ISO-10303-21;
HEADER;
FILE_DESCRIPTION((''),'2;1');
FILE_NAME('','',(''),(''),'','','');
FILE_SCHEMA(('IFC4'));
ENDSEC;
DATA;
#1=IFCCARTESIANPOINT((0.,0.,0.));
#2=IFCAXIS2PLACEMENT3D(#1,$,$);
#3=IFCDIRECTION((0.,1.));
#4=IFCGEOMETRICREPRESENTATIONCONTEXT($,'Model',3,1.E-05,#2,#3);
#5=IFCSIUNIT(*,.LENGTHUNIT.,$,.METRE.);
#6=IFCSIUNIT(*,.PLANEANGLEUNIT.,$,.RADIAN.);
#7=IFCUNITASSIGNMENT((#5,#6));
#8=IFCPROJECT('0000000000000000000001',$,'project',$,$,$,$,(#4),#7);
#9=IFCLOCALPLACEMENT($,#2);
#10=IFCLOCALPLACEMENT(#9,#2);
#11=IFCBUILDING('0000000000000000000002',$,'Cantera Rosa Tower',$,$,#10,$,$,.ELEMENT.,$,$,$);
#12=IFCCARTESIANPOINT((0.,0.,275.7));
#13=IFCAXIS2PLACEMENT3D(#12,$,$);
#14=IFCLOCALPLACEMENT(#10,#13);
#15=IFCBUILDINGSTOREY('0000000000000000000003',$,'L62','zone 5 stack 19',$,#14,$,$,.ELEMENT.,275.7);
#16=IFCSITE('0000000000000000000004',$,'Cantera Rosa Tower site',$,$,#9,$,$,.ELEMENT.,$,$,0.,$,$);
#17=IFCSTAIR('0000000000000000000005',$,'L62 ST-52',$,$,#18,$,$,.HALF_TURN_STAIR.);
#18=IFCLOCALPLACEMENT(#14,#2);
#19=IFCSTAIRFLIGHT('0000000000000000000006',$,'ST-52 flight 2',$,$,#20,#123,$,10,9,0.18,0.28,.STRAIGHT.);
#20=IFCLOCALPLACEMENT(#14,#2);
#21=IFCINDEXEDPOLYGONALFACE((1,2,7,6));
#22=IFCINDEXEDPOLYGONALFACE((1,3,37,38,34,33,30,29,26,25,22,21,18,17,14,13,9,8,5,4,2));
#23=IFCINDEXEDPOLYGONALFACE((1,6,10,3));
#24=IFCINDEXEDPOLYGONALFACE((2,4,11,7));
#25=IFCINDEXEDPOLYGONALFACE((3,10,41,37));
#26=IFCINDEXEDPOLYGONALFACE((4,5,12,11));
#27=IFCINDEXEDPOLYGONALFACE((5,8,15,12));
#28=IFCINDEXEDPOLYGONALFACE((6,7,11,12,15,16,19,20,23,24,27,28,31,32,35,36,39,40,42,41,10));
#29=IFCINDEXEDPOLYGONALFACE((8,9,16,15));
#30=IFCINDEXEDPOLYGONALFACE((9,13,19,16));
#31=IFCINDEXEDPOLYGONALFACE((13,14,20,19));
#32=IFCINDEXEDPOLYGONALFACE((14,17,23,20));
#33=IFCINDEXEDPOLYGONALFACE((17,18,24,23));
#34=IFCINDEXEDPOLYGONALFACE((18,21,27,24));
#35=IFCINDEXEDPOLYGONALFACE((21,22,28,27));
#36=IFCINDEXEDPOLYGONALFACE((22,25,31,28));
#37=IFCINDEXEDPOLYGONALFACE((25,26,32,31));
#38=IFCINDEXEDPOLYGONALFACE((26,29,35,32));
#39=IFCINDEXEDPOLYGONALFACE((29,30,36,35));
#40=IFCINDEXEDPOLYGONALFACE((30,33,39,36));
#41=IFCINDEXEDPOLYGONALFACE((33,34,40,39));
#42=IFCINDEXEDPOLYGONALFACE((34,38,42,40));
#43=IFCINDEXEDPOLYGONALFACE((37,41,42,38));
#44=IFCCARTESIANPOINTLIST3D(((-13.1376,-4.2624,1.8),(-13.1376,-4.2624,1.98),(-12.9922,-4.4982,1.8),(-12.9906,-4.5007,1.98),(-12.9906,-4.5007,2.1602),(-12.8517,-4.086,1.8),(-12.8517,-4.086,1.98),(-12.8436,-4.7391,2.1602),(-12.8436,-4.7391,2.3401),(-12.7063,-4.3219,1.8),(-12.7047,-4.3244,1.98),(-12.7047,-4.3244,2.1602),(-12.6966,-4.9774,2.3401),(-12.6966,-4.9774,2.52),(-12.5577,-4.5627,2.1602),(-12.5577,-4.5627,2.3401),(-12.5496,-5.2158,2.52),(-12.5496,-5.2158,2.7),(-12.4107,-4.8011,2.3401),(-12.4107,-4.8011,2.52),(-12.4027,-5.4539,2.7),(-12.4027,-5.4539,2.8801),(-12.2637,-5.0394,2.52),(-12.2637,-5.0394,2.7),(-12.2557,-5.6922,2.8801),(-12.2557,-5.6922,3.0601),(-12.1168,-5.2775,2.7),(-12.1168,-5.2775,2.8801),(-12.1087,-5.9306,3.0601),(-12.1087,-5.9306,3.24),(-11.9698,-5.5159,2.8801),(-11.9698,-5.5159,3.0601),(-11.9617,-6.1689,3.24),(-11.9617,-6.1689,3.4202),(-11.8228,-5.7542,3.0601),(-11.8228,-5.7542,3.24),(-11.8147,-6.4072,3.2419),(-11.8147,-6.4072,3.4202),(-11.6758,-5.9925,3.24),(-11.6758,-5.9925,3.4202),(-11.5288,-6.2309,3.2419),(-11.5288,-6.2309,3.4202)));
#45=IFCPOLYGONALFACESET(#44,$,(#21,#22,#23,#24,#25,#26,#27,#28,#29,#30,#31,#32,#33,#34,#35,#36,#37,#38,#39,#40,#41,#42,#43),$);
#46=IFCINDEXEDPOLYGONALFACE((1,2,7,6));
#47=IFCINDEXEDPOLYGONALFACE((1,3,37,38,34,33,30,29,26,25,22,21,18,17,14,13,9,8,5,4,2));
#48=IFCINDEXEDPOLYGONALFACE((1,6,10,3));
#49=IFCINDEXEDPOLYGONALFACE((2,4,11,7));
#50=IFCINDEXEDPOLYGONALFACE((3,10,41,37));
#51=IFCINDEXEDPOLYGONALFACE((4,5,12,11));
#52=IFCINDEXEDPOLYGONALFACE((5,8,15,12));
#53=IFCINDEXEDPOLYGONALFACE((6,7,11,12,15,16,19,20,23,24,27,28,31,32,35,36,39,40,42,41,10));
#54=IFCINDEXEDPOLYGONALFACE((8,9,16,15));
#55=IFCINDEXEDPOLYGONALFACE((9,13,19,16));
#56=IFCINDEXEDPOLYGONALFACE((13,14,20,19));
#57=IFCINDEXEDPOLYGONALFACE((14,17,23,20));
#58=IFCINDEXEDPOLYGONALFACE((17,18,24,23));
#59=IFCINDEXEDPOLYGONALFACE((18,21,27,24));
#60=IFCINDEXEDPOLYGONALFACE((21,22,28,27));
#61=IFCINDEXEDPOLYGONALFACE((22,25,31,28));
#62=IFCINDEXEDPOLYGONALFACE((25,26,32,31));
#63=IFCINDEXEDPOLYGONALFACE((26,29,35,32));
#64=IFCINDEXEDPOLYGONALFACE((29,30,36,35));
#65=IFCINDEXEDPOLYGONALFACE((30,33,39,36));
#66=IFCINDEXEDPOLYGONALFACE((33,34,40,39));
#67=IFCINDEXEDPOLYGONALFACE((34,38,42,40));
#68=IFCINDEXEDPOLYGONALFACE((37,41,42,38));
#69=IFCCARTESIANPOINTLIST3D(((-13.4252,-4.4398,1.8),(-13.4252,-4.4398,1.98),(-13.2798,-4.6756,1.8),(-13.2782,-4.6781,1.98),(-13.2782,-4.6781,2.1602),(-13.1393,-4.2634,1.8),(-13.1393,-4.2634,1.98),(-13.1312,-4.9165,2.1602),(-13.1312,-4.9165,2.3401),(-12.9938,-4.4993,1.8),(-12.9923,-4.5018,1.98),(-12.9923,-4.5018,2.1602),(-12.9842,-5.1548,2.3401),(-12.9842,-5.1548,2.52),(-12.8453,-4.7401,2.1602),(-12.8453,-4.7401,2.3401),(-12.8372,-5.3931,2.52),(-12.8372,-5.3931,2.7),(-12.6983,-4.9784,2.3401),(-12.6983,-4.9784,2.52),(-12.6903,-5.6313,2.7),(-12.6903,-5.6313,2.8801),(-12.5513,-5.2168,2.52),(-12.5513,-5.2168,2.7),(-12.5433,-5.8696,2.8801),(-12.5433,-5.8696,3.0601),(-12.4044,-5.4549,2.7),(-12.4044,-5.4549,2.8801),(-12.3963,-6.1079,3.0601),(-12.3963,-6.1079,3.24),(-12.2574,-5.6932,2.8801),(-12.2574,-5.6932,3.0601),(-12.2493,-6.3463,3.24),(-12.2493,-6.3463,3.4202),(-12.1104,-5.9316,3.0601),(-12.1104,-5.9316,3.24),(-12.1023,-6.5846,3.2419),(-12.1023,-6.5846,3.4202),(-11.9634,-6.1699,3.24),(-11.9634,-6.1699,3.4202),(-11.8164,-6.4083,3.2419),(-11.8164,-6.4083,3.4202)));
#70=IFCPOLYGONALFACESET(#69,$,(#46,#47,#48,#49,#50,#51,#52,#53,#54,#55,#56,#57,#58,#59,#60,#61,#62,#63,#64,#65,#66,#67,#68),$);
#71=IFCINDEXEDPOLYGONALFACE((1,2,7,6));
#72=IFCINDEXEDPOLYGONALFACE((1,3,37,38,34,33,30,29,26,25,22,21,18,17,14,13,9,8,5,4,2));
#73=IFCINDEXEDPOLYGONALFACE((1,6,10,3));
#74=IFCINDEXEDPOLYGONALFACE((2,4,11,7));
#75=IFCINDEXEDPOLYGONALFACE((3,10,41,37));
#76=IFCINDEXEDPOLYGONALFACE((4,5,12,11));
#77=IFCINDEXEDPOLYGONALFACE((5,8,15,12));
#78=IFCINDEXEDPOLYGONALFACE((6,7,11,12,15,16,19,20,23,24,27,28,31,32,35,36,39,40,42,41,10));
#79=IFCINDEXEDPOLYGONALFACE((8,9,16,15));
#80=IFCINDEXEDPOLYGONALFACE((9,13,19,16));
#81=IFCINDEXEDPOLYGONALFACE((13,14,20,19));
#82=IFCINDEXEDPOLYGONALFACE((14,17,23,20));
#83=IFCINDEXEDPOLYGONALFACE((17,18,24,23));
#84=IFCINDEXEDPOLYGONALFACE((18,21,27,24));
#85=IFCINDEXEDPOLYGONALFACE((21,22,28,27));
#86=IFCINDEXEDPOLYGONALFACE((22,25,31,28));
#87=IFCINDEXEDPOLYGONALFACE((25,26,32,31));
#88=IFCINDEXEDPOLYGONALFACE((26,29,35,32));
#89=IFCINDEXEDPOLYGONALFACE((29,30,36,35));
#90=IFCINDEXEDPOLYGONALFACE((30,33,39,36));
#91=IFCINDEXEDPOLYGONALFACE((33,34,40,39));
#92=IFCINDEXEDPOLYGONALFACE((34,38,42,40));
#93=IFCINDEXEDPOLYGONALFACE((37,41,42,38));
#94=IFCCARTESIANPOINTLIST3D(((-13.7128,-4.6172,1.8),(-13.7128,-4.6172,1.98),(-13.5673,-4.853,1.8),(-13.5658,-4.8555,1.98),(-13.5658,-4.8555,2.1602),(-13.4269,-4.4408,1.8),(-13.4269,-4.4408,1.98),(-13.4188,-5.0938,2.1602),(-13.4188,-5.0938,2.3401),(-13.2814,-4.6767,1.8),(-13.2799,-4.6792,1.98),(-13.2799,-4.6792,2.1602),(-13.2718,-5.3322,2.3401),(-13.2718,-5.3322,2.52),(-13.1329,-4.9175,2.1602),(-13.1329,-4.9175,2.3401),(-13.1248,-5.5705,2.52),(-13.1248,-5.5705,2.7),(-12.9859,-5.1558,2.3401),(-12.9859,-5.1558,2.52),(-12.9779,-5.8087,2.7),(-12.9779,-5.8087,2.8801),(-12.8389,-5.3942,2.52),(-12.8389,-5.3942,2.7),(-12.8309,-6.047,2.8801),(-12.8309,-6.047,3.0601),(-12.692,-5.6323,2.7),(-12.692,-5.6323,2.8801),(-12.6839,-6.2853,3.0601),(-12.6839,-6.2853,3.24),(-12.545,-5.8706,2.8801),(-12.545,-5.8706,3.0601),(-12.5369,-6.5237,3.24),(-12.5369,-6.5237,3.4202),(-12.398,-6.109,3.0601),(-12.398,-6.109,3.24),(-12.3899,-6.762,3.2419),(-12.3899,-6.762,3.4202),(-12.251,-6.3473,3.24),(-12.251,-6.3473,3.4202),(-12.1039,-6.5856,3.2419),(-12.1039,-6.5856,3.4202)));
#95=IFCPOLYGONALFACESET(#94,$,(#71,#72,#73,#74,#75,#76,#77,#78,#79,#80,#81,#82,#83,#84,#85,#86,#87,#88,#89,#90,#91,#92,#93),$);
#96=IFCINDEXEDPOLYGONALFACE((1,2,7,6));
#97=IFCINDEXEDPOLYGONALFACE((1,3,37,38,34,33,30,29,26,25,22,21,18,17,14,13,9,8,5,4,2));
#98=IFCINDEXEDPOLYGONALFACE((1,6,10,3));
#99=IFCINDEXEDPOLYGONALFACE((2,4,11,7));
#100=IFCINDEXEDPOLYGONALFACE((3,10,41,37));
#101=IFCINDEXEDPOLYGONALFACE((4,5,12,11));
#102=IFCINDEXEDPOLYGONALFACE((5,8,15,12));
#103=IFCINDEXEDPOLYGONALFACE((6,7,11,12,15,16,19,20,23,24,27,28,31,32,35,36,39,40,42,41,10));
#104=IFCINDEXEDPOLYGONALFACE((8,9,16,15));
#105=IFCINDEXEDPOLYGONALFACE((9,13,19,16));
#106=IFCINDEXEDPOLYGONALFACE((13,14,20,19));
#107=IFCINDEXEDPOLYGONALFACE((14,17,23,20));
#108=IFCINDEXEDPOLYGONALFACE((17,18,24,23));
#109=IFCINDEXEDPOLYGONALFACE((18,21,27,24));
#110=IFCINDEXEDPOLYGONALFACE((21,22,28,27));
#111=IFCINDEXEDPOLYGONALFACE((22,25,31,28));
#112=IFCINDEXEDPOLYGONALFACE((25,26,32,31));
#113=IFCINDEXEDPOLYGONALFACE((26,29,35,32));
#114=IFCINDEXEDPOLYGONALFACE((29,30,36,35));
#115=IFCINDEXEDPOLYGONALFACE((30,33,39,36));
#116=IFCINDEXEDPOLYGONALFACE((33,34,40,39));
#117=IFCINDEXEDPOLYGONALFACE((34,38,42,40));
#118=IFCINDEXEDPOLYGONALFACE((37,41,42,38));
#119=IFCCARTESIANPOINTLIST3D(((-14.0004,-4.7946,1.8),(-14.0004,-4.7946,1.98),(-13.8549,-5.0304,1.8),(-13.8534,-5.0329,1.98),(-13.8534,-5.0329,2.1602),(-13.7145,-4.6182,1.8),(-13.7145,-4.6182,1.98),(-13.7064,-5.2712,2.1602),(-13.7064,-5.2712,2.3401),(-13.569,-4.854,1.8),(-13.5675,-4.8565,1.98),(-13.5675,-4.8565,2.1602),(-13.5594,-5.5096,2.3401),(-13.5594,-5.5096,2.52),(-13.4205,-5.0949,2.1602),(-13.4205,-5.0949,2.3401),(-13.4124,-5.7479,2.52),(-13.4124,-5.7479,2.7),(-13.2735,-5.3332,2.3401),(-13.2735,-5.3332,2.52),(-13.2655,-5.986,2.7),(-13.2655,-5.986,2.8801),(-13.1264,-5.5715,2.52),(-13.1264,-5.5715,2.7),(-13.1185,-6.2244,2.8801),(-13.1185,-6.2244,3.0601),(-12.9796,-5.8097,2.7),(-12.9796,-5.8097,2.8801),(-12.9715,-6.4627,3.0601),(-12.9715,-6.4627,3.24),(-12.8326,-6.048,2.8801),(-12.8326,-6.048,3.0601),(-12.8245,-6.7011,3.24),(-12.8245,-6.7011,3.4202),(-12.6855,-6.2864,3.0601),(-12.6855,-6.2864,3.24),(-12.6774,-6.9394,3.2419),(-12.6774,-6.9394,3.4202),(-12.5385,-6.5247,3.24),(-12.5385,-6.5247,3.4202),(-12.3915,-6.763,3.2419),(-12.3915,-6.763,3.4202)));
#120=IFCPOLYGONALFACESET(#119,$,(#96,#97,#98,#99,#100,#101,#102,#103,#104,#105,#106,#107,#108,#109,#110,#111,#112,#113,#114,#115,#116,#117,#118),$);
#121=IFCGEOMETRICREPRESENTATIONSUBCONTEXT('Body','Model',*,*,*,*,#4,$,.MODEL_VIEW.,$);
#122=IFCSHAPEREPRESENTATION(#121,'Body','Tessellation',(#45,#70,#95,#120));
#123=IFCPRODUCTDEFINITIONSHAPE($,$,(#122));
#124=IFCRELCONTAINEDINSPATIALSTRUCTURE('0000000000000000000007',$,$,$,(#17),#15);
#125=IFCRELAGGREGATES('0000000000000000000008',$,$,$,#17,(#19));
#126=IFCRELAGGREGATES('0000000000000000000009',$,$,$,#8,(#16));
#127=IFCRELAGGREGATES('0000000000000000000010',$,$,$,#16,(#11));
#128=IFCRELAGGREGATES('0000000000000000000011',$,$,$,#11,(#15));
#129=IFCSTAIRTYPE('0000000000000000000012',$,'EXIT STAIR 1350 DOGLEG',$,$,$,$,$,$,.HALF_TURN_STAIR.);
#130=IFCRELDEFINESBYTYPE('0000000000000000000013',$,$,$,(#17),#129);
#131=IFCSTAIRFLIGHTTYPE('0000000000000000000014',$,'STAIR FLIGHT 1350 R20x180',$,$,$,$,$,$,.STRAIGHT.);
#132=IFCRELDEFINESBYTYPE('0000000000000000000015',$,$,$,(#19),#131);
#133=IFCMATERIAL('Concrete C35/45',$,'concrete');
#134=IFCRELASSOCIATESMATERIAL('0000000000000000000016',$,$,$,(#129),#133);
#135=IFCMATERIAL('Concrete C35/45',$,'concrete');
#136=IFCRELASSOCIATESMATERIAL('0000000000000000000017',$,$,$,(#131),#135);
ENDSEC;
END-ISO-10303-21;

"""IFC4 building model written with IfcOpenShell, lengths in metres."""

from ifc_helpers import new_model, si_unit, direction, frame, origin, place, context, subcontext, project, spatial, polyline, outline, extrude, material, type_object, element, aggregate, save


model = new_model("IFC4")

# Units and contexts
model_context = context("Model", 3, precision=1e-05, world=origin(), true_north=direction((0.0, 1.0)))
body_context = subcontext(model_context, "Body", "Model", "MODEL_VIEW")
ifc_project = project(units=[si_unit("LENGTHUNIT", "METRE"), si_unit("PLANEANGLEUNIT", "RADIAN")], contexts=[model_context])

# Site, building, storey
site_placement = place(None, origin())
site = spatial("IfcSite", under=ifc_project, at=site_placement, Name="Cantera Rosa Tower site", CompositionType="ELEMENT", RefElevation=0.0)
building_placement = place(site_placement, origin())
building = spatial("IfcBuilding", under=site, at=building_placement, Name="Cantera Rosa Tower", CompositionType="ELEMENT")
storey_placement = place(building_placement, frame((0.0, 0.0, 275.7)))
storey = spatial("IfcBuildingStorey", under=building, at=storey_placement, Name="L62", Description="zone 5 stack 19", CompositionType="ELEMENT", Elevation=275.7)

# Stair, stair flight
ifc_material_1 = material(Name="Concrete C35/45", Category="concrete")
stair_type = type_object("IfcStairType", Name="EXIT STAIR 1350 DOGLEG", PredefinedType="HALF_TURN_STAIR", material=ifc_material_1)
stair_placement = place(storey_placement, origin())
stair = element("IfcStair", 1, at=stair_placement, inside=storey, type_object=stair_type, Name="L62 ST-52", PredefinedType="HALF_TURN_STAIR")
ifc_material_2 = material(Name="Concrete C35/45", Category="concrete")
stair_flight_type = type_object("IfcStairFlightType", Name="STAIR FLIGHT 1350 R20x180", PredefinedType="STRAIGHT", material=ifc_material_2)
stair_flight_1_placement = place(storey_placement, frame((-13.4263, -4.4404, 1.8), z_axis=(0.0, 0.0, 1.0), x_axis=(0.524977, -0.851117, 0.0)))
stair_flight_1 = element("IfcStairFlight", 2, at=stair_flight_1_placement, type_object=stair_flight_type, Name="ST-52 flight 2", NumberOfRisers=10, NumberOfTreads=9, PredefinedType="STRAIGHT", RiserHeight=0.18, TreadLength=0.28, context=body_context, shape_type="SweptSolid", body=[
    extrude(outline(polyline([(0.0, 0.0), (0.0, 0.1799), (0.28, 0.1799), (0.28, 0.3601), (0.5601, 0.3601), (0.5601, 0.54), (0.8401, 0.54), (0.8401, 0.72), (1.1201, 0.72), (1.1201, 0.8999), (1.3999, 0.8999), (1.3999, 1.0801), (1.6799, 1.0801), (1.6799, 1.26), (1.96, 1.26), (1.96, 1.4399), (2.24, 1.4399), (2.24, 1.6201), (2.52, 1.6201), (2.52, 1.8), (2.52, 1.4419), (0.2771, 0.0), (0.0, 0.0)])), frame((0.0, 0.675, 0.0), z_axis=(0.0, -1.0, 0.0), x_axis=(1.0, 0.0, 0.0)), (0.0, 0.0, 1.0), 0.3359),
    extrude(outline(polyline([(0.0, 0.0), (0.0, 0.1799), (0.28, 0.1799), (0.28, 0.3601), (0.5601, 0.3601), (0.5601, 0.54), (0.8401, 0.54), (0.8401, 0.72), (1.1201, 0.72), (1.1201, 0.8999), (1.3999, 0.8999), (1.3999, 1.0801), (1.6799, 1.0801), (1.6799, 1.26), (1.96, 1.26), (1.96, 1.4399), (2.24, 1.4399), (2.24, 1.6201), (2.52, 1.6201), (2.52, 1.8), (2.52, 1.4419), (0.2771, 0.0), (0.0, 0.0)])), frame((0.0, 0.3372, 0.0), z_axis=(0.0, -1.0, 0.0), x_axis=(1.0, 0.0, 0.0)), (0.0, 0.0, 1.0), 0.3359),
    extrude(outline(polyline([(0.0, 0.0), (0.0, 0.1799), (0.28, 0.1799), (0.28, 0.3601), (0.5601, 0.3601), (0.5601, 0.54), (0.8401, 0.54), (0.8401, 0.72), (1.1201, 0.72), (1.1201, 0.8999), (1.3999, 0.8999), (1.3999, 1.0801), (1.6799, 1.0801), (1.6799, 1.26), (1.96, 1.26), (1.96, 1.4399), (2.24, 1.4399), (2.24, 1.6201), (2.52, 1.6201), (2.52, 1.8), (2.52, 1.4419), (0.2771, 0.0), (0.0, 0.0)])), frame((0.0, -0.0007, 0.0), z_axis=(0.0, -1.0, 0.0), x_axis=(1.0, 0.0, 0.0)), (0.0, 0.0, 1.0), 0.3359),
    extrude(outline(polyline([(0.0, 0.0), (0.0, 0.1799), (0.28, 0.1799), (0.28, 0.3601), (0.5601, 0.3601), (0.5601, 0.54), (0.8401, 0.54), (0.8401, 0.72), (1.1201, 0.72), (1.1201, 0.8999), (1.3999, 0.8999), (1.3999, 1.0801), (1.6799, 1.0801), (1.6799, 1.26), (1.96, 1.26), (1.96, 1.4399), (2.24, 1.4399), (2.24, 1.6201), (2.52, 1.6201), (2.52, 1.8), (2.52, 1.4419), (0.2771, 0.0), (0.0, 0.0)])), frame((0.0, -0.3386, 0.0), z_axis=(0.0, -1.0, 0.0), x_axis=(1.0, 0.0, 0.0)), (0.0, 0.0, 1.0), 0.3359),
])
aggregate(stair, [stair_flight_1])

save(model, "model.ifc")
